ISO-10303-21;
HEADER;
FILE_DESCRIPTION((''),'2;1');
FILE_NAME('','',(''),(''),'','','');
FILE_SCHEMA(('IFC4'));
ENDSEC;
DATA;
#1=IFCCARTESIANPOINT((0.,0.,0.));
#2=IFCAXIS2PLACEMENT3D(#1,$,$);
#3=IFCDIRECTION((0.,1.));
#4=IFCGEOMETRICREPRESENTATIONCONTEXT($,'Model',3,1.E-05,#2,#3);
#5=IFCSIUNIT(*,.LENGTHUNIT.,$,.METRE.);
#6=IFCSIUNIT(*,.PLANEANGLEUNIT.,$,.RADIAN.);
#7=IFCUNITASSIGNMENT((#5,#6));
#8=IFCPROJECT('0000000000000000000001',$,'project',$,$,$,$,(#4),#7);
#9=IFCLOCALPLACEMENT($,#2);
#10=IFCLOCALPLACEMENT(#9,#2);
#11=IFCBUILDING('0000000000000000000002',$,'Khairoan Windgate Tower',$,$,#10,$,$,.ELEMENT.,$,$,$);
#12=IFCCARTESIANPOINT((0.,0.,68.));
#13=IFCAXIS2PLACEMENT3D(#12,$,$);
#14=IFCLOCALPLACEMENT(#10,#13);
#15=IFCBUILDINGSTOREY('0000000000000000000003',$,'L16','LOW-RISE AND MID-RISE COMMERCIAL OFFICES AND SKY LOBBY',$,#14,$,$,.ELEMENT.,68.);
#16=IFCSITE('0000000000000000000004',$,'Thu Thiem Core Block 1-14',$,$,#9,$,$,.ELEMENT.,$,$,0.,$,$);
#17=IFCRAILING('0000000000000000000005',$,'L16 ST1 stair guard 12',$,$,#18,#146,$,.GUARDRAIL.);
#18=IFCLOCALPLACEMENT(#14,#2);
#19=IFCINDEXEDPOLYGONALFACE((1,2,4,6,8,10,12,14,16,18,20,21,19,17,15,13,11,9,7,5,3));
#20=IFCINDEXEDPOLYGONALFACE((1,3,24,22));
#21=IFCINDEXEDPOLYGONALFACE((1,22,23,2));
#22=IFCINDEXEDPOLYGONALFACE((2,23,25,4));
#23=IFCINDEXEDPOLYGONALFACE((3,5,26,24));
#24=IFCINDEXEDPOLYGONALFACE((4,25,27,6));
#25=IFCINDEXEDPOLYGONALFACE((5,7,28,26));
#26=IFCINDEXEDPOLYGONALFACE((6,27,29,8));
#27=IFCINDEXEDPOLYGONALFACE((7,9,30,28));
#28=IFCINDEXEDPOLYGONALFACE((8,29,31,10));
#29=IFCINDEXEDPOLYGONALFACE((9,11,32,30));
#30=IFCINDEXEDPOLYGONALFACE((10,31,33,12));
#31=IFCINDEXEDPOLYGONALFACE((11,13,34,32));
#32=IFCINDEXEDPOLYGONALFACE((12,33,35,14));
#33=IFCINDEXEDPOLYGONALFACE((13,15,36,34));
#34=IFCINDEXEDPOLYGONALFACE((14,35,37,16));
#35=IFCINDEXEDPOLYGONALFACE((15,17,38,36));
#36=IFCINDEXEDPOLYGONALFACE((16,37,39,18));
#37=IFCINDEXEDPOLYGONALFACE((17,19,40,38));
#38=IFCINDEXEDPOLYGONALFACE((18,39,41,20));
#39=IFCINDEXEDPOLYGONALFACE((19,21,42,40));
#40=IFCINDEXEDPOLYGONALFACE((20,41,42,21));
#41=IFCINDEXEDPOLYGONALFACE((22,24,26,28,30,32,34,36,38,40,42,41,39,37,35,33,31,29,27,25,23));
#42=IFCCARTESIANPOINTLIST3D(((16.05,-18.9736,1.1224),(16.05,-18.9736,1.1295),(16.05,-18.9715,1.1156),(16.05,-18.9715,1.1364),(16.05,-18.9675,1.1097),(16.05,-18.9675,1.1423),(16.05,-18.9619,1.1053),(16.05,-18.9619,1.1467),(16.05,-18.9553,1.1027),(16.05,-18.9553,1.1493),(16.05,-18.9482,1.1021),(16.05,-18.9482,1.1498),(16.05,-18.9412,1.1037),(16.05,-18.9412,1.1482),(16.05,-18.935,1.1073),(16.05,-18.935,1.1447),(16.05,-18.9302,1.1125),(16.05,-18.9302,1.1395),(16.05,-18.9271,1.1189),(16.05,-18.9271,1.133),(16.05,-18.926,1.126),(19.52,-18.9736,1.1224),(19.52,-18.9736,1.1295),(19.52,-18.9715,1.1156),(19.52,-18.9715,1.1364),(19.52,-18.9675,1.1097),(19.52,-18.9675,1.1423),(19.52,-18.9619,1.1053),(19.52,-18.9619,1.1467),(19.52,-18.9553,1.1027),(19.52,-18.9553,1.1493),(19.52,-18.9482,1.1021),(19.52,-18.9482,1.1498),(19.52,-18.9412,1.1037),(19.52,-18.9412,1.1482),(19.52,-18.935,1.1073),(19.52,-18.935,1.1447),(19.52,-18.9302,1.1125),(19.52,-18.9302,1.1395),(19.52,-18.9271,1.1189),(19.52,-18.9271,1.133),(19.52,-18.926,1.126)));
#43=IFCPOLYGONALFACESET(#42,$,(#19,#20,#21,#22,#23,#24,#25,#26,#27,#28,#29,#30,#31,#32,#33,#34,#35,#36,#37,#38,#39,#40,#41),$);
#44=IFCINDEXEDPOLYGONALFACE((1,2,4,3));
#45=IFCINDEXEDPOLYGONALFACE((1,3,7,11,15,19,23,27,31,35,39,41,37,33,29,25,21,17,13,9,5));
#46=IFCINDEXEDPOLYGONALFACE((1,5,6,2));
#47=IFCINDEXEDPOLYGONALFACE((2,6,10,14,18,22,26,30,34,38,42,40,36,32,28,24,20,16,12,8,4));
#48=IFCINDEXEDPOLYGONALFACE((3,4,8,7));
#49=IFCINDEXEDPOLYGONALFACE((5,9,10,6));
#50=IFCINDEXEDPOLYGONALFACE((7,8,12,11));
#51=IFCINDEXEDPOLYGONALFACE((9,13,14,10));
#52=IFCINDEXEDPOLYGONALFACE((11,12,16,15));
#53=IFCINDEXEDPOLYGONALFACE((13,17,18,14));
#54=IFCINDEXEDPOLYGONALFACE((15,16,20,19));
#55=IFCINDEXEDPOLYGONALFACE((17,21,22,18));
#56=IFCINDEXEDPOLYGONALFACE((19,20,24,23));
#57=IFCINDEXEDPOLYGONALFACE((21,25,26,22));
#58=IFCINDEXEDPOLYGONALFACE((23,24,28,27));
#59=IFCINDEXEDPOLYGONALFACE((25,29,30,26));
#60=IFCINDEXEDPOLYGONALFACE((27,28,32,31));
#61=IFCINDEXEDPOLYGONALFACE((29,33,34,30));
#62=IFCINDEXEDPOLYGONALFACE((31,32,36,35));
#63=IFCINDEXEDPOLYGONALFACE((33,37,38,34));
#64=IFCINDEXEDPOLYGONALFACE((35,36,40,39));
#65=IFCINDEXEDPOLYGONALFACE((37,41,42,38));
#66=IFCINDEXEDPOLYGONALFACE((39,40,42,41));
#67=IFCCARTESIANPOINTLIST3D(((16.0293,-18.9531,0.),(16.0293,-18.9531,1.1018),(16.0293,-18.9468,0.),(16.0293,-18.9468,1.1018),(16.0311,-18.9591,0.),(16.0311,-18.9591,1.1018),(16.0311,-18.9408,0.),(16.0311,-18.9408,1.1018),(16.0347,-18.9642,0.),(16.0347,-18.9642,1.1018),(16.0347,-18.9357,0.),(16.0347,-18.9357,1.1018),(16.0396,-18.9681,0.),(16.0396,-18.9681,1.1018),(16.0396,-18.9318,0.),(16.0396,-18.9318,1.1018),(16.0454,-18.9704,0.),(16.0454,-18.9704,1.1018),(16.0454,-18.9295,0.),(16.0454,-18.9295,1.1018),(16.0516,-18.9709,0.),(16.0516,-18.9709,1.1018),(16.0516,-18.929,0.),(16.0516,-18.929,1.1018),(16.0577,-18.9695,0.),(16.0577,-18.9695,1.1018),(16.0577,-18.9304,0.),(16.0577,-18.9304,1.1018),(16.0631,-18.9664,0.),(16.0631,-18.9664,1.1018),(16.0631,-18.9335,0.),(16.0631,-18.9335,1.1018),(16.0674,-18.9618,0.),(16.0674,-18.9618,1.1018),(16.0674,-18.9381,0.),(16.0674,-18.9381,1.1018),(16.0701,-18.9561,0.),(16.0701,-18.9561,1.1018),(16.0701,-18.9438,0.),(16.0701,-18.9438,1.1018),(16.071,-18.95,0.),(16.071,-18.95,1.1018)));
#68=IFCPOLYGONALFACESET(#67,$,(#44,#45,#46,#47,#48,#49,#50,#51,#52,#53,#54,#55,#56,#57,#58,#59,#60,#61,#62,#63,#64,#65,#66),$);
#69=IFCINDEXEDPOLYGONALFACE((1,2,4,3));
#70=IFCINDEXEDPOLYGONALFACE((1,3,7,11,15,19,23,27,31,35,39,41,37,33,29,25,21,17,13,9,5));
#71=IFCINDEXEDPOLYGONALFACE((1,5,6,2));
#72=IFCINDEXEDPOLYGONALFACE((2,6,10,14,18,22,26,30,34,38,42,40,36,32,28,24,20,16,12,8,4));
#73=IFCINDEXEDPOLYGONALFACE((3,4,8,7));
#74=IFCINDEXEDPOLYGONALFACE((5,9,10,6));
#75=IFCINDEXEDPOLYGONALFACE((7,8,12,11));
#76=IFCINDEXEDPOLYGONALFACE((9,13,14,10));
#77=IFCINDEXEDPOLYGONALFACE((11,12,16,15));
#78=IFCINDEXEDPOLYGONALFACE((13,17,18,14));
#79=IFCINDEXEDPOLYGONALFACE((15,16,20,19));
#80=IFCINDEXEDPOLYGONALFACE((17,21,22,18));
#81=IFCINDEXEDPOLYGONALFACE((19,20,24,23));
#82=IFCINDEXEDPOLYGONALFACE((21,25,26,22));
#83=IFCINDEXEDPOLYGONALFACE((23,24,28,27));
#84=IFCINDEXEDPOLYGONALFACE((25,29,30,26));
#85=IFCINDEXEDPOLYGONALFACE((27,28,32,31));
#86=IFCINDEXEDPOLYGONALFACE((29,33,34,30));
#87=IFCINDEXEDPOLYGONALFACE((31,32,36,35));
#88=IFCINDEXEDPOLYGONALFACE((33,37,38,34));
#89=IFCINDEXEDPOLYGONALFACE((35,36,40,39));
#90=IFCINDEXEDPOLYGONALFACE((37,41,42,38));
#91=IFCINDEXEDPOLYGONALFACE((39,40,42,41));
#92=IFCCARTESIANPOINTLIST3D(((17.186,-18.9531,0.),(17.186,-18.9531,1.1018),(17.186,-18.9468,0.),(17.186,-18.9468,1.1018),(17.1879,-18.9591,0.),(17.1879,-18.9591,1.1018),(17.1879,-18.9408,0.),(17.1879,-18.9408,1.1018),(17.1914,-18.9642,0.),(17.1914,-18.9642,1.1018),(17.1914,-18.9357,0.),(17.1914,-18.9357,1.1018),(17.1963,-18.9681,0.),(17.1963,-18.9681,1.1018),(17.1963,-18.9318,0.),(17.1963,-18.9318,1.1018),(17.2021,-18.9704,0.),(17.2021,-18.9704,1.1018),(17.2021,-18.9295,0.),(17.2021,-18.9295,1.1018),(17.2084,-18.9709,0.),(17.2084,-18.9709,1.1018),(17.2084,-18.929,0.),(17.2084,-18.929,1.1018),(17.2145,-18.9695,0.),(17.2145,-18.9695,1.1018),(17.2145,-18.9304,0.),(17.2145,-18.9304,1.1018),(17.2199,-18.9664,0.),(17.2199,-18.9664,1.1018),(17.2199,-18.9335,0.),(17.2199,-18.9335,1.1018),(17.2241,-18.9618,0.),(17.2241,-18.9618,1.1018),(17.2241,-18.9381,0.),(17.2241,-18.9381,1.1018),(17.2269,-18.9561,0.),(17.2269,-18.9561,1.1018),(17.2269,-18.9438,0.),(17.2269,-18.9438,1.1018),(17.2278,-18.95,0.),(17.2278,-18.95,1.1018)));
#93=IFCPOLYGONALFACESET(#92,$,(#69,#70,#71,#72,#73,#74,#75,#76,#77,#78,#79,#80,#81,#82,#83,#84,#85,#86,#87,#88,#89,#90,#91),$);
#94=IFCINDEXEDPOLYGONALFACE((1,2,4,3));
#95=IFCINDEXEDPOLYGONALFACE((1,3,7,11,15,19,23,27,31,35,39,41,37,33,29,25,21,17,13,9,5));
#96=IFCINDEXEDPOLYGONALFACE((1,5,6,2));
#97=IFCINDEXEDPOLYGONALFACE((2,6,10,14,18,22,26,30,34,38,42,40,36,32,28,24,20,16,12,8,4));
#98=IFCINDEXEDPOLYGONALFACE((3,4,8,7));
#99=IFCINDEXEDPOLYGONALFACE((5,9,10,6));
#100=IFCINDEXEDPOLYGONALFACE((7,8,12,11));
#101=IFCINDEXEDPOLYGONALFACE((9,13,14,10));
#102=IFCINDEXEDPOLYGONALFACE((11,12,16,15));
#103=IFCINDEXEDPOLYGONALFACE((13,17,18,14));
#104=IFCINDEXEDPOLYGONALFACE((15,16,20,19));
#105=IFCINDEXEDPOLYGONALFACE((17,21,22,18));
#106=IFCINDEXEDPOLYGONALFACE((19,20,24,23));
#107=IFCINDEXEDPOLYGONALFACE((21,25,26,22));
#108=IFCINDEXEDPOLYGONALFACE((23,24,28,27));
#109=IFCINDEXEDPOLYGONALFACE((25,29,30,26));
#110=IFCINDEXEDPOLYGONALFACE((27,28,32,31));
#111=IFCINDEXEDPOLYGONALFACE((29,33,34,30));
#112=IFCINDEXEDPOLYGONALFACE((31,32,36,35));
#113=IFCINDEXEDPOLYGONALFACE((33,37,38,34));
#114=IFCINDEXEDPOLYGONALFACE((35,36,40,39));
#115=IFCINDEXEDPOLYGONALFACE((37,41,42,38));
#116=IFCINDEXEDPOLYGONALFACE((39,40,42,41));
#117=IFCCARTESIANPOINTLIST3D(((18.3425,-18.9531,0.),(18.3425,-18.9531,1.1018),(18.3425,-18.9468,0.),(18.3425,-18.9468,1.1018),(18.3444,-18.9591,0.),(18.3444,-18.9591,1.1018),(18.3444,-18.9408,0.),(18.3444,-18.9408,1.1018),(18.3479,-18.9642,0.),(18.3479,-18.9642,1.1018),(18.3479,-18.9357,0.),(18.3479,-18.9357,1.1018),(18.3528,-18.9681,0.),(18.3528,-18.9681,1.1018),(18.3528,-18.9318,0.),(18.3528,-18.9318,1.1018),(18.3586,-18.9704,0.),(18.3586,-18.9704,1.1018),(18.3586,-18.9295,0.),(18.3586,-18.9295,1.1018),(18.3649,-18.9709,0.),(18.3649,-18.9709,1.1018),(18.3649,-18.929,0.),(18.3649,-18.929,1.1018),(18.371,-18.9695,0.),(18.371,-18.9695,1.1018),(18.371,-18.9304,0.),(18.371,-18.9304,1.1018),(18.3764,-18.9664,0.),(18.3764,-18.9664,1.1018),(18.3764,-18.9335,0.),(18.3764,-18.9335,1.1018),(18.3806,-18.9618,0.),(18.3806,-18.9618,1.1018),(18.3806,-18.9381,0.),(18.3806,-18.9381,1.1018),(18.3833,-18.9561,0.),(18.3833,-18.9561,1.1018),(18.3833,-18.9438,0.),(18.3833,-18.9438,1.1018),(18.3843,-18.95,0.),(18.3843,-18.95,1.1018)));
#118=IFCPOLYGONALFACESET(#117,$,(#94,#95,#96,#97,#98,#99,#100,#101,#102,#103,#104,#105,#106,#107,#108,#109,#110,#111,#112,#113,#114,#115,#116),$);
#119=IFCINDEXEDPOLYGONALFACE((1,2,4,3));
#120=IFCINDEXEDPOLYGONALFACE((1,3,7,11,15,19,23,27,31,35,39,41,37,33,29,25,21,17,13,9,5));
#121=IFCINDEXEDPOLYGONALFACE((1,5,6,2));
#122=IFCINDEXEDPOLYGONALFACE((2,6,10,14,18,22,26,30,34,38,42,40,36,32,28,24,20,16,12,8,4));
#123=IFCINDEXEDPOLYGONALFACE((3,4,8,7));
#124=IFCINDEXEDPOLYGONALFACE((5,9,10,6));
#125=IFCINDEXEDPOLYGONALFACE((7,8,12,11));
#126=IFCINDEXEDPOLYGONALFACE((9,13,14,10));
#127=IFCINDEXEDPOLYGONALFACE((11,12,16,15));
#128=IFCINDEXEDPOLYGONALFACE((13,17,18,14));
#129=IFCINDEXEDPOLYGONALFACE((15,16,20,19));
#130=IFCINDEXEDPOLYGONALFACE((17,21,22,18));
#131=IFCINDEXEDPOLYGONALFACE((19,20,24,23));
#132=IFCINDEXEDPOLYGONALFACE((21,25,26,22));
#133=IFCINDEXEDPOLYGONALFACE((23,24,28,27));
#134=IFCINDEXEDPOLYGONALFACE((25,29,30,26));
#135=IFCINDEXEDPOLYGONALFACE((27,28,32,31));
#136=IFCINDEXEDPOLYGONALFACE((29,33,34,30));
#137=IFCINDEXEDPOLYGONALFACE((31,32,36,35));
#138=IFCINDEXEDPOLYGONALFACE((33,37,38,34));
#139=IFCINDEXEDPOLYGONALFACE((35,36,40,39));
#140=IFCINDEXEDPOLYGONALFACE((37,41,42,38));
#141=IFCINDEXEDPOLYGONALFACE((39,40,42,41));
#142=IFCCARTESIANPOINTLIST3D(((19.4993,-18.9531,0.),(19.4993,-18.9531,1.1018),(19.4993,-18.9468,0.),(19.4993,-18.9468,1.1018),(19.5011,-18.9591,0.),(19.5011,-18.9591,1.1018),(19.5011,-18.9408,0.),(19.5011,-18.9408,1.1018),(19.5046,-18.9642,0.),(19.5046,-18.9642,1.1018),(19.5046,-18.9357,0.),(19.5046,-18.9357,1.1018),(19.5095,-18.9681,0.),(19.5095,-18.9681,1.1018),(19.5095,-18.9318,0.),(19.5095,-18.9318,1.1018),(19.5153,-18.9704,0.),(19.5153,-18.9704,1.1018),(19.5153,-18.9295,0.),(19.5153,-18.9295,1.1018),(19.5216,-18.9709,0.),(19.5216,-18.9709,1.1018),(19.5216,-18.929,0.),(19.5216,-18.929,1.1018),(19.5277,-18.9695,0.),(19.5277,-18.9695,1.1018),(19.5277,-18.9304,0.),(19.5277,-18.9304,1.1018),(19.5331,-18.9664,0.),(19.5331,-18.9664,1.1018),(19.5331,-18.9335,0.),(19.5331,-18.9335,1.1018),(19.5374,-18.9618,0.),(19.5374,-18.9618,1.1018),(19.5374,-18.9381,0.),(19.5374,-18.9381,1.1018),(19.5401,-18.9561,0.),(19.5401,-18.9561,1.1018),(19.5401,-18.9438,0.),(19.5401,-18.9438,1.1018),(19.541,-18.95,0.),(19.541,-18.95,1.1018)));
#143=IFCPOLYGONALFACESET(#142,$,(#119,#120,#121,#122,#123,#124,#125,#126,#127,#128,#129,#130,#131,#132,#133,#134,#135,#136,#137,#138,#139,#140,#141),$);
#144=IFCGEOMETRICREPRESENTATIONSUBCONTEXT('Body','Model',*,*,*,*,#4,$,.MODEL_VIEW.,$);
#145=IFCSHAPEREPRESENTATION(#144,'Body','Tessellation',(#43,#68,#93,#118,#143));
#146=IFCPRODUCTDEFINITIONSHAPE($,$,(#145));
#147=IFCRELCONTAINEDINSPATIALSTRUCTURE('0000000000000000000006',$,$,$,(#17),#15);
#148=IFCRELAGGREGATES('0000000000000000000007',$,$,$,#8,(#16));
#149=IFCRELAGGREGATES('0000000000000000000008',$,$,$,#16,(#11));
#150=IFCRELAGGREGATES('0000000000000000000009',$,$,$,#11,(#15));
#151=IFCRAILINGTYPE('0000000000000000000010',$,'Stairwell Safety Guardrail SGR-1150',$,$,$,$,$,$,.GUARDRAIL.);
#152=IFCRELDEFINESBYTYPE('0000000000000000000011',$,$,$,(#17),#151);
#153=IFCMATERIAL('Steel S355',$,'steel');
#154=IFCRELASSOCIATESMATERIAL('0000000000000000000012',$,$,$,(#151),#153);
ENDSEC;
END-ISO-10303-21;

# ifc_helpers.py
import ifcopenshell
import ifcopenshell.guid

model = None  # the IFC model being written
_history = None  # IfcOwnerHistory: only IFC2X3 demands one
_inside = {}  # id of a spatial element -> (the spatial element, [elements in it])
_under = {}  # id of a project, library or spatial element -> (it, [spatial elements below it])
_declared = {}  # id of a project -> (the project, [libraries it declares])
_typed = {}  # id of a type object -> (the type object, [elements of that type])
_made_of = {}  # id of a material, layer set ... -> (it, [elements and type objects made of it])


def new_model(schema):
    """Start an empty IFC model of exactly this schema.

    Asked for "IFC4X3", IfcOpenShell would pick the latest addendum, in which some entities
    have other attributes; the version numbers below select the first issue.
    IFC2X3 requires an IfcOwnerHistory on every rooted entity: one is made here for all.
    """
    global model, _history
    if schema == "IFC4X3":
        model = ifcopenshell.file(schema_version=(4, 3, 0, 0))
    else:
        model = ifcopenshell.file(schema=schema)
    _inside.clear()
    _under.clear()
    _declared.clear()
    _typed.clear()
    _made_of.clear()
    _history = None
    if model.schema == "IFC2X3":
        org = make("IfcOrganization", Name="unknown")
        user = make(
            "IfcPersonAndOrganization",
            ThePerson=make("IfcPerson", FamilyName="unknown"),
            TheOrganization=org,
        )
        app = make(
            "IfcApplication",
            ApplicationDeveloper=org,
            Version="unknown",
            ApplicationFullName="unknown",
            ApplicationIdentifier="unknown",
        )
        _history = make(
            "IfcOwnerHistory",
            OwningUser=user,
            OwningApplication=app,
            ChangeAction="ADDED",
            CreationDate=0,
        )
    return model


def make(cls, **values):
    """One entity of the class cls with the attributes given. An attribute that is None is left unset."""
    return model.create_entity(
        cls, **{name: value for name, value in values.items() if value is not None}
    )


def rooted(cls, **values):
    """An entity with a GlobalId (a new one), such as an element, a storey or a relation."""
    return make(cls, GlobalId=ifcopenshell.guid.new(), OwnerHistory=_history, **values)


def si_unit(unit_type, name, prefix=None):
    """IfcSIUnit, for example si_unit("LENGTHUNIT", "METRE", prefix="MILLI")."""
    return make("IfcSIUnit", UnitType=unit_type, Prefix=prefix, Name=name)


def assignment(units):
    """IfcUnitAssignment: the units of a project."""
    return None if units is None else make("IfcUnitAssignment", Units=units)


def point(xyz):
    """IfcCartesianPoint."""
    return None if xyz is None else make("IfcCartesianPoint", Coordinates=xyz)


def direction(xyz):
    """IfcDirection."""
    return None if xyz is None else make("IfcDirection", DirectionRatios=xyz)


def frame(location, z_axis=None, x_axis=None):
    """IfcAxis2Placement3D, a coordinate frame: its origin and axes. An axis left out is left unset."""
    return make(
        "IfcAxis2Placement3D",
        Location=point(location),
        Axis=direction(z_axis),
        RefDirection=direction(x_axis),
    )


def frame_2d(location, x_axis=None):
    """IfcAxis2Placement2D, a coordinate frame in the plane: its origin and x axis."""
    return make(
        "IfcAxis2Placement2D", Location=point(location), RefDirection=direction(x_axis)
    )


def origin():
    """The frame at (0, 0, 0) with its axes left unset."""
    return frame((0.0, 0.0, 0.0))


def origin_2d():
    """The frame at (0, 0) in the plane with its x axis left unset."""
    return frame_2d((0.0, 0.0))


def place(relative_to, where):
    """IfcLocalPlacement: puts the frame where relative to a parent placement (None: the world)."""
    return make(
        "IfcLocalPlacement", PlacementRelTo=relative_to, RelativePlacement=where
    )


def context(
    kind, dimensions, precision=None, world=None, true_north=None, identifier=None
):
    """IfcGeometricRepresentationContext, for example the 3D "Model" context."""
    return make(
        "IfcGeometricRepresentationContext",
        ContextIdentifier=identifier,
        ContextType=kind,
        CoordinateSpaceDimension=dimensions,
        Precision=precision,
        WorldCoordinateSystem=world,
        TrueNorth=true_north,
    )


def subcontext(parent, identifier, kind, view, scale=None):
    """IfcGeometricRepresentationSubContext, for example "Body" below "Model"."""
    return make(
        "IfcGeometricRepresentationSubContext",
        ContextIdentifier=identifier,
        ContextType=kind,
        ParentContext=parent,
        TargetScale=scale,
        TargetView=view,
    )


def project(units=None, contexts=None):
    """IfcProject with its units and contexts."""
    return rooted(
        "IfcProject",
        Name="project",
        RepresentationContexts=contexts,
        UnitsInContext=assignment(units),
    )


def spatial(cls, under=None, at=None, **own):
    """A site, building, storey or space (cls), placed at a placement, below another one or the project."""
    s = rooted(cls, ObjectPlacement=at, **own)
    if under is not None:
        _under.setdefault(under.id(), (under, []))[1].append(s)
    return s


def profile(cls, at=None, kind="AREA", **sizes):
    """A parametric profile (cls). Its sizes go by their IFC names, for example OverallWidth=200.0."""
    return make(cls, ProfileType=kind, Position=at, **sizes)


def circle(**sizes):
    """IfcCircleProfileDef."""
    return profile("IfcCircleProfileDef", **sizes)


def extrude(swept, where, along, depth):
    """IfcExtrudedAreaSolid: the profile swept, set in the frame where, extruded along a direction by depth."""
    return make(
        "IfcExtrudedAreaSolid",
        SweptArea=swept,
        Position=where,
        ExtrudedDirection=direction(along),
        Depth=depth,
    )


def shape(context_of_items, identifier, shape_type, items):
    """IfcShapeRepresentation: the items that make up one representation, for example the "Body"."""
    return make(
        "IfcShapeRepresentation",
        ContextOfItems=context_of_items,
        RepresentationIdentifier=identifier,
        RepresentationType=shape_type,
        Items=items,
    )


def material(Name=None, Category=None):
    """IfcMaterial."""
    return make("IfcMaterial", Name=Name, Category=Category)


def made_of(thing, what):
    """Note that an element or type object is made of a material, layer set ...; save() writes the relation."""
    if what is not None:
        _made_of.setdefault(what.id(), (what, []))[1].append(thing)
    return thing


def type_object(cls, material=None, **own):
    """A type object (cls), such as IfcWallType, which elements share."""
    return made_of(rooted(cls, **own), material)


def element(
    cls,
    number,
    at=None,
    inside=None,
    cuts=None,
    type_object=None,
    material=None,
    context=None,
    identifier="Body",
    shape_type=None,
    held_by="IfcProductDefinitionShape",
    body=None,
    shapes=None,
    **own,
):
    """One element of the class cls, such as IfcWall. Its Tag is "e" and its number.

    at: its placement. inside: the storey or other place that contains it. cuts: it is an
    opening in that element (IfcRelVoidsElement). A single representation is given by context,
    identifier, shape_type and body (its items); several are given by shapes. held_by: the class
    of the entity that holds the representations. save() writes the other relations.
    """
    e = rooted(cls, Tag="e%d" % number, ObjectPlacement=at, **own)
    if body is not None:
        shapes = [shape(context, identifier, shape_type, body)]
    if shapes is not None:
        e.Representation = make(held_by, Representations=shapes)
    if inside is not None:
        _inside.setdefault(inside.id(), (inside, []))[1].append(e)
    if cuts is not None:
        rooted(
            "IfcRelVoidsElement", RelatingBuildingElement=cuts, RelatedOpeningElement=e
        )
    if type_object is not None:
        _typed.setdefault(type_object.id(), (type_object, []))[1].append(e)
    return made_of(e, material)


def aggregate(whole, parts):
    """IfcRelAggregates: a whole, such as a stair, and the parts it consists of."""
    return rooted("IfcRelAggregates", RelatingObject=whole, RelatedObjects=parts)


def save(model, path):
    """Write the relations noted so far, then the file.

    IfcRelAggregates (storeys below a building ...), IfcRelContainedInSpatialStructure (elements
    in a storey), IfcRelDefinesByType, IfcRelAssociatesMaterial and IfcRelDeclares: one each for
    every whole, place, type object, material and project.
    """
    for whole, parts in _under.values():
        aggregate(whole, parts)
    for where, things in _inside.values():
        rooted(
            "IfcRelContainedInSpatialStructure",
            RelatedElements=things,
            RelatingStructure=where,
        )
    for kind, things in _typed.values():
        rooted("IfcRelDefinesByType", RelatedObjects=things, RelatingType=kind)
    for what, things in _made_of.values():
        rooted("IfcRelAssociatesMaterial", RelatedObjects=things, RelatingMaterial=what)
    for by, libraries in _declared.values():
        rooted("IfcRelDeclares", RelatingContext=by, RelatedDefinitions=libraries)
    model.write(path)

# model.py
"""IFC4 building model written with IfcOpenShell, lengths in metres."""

from ifc_helpers import new_model, si_unit, direction, frame, origin, origin_2d, place, context, subcontext, project, spatial, circle, extrude, material, type_object, element, save


model = new_model("IFC4")

# Units and contexts
model_context = context("Model", 3, precision=1e-05, world=origin(), true_north=direction((0.0, 1.0)))
body_context = subcontext(model_context, "Body", "Model", "MODEL_VIEW")
ifc_project = project(units=[si_unit("LENGTHUNIT", "METRE"), si_unit("PLANEANGLEUNIT", "RADIAN")], contexts=[model_context])

# Site, building, storey
site_placement = place(None, origin())
building_placement = place(site_placement, origin())
storey_placement = place(building_placement, frame((0.0, 0.0, 68.0)))
site = spatial("IfcSite", under=ifc_project, at=site_placement, Name="Thu Thiem Core Block 1-14", CompositionType="ELEMENT", RefElevation=0.0)
building = spatial("IfcBuilding", under=site, at=building_placement, Name="Khairoan Windgate Tower", CompositionType="ELEMENT")
storey = spatial("IfcBuildingStorey", under=building, at=storey_placement, Name="L16", Description="LOW-RISE AND MID-RISE COMMERCIAL OFFICES AND SKY LOBBY", CompositionType="ELEMENT", Elevation=68.0)

# Railing
ifc_material_1 = material(Name="Steel S355", Category="steel")
railing_type = type_object("IfcRailingType", Name="Stairwell Safety Guardrail SGR-1150", PredefinedType="GUARDRAIL", material=ifc_material_1)
railing_placement = place(storey_placement, frame((16.05, -18.95, 0.0)))
element("IfcRailing", 1, at=railing_placement, inside=storey, type_object=railing_type, Name="L16 ST1 stair guard 12", PredefinedType="GUARDRAIL", context=body_context, shape_type="SweptSolid", body=[
    extrude(circle(Radius=0.0239, at=origin_2d()), frame((0.0, 0.0, 1.126), z_axis=(1.0, 0.0, 0.0), x_axis=(0.0, 1.0, 0.0)), (0.0, 0.0, 1.0), 3.47),
    extrude(circle(Radius=0.021, at=origin_2d()), origin(), (0.0, 0.0, 1.0), 1.1018),
    extrude(circle(Radius=0.021, at=origin_2d()), frame((1.1567, 0.0, 0.0)), (0.0, 0.0, 1.0), 1.1018),
    extrude(circle(Radius=0.021, at=origin_2d()), frame((2.3132, 0.0, 0.0)), (0.0, 0.0, 1.0), 1.1018),
    extrude(circle(Radius=0.021, at=origin_2d()), frame((3.47, 0.0, 0.0)), (0.0, 0.0, 1.0), 1.1018),
])

save(model, "model.ifc")
